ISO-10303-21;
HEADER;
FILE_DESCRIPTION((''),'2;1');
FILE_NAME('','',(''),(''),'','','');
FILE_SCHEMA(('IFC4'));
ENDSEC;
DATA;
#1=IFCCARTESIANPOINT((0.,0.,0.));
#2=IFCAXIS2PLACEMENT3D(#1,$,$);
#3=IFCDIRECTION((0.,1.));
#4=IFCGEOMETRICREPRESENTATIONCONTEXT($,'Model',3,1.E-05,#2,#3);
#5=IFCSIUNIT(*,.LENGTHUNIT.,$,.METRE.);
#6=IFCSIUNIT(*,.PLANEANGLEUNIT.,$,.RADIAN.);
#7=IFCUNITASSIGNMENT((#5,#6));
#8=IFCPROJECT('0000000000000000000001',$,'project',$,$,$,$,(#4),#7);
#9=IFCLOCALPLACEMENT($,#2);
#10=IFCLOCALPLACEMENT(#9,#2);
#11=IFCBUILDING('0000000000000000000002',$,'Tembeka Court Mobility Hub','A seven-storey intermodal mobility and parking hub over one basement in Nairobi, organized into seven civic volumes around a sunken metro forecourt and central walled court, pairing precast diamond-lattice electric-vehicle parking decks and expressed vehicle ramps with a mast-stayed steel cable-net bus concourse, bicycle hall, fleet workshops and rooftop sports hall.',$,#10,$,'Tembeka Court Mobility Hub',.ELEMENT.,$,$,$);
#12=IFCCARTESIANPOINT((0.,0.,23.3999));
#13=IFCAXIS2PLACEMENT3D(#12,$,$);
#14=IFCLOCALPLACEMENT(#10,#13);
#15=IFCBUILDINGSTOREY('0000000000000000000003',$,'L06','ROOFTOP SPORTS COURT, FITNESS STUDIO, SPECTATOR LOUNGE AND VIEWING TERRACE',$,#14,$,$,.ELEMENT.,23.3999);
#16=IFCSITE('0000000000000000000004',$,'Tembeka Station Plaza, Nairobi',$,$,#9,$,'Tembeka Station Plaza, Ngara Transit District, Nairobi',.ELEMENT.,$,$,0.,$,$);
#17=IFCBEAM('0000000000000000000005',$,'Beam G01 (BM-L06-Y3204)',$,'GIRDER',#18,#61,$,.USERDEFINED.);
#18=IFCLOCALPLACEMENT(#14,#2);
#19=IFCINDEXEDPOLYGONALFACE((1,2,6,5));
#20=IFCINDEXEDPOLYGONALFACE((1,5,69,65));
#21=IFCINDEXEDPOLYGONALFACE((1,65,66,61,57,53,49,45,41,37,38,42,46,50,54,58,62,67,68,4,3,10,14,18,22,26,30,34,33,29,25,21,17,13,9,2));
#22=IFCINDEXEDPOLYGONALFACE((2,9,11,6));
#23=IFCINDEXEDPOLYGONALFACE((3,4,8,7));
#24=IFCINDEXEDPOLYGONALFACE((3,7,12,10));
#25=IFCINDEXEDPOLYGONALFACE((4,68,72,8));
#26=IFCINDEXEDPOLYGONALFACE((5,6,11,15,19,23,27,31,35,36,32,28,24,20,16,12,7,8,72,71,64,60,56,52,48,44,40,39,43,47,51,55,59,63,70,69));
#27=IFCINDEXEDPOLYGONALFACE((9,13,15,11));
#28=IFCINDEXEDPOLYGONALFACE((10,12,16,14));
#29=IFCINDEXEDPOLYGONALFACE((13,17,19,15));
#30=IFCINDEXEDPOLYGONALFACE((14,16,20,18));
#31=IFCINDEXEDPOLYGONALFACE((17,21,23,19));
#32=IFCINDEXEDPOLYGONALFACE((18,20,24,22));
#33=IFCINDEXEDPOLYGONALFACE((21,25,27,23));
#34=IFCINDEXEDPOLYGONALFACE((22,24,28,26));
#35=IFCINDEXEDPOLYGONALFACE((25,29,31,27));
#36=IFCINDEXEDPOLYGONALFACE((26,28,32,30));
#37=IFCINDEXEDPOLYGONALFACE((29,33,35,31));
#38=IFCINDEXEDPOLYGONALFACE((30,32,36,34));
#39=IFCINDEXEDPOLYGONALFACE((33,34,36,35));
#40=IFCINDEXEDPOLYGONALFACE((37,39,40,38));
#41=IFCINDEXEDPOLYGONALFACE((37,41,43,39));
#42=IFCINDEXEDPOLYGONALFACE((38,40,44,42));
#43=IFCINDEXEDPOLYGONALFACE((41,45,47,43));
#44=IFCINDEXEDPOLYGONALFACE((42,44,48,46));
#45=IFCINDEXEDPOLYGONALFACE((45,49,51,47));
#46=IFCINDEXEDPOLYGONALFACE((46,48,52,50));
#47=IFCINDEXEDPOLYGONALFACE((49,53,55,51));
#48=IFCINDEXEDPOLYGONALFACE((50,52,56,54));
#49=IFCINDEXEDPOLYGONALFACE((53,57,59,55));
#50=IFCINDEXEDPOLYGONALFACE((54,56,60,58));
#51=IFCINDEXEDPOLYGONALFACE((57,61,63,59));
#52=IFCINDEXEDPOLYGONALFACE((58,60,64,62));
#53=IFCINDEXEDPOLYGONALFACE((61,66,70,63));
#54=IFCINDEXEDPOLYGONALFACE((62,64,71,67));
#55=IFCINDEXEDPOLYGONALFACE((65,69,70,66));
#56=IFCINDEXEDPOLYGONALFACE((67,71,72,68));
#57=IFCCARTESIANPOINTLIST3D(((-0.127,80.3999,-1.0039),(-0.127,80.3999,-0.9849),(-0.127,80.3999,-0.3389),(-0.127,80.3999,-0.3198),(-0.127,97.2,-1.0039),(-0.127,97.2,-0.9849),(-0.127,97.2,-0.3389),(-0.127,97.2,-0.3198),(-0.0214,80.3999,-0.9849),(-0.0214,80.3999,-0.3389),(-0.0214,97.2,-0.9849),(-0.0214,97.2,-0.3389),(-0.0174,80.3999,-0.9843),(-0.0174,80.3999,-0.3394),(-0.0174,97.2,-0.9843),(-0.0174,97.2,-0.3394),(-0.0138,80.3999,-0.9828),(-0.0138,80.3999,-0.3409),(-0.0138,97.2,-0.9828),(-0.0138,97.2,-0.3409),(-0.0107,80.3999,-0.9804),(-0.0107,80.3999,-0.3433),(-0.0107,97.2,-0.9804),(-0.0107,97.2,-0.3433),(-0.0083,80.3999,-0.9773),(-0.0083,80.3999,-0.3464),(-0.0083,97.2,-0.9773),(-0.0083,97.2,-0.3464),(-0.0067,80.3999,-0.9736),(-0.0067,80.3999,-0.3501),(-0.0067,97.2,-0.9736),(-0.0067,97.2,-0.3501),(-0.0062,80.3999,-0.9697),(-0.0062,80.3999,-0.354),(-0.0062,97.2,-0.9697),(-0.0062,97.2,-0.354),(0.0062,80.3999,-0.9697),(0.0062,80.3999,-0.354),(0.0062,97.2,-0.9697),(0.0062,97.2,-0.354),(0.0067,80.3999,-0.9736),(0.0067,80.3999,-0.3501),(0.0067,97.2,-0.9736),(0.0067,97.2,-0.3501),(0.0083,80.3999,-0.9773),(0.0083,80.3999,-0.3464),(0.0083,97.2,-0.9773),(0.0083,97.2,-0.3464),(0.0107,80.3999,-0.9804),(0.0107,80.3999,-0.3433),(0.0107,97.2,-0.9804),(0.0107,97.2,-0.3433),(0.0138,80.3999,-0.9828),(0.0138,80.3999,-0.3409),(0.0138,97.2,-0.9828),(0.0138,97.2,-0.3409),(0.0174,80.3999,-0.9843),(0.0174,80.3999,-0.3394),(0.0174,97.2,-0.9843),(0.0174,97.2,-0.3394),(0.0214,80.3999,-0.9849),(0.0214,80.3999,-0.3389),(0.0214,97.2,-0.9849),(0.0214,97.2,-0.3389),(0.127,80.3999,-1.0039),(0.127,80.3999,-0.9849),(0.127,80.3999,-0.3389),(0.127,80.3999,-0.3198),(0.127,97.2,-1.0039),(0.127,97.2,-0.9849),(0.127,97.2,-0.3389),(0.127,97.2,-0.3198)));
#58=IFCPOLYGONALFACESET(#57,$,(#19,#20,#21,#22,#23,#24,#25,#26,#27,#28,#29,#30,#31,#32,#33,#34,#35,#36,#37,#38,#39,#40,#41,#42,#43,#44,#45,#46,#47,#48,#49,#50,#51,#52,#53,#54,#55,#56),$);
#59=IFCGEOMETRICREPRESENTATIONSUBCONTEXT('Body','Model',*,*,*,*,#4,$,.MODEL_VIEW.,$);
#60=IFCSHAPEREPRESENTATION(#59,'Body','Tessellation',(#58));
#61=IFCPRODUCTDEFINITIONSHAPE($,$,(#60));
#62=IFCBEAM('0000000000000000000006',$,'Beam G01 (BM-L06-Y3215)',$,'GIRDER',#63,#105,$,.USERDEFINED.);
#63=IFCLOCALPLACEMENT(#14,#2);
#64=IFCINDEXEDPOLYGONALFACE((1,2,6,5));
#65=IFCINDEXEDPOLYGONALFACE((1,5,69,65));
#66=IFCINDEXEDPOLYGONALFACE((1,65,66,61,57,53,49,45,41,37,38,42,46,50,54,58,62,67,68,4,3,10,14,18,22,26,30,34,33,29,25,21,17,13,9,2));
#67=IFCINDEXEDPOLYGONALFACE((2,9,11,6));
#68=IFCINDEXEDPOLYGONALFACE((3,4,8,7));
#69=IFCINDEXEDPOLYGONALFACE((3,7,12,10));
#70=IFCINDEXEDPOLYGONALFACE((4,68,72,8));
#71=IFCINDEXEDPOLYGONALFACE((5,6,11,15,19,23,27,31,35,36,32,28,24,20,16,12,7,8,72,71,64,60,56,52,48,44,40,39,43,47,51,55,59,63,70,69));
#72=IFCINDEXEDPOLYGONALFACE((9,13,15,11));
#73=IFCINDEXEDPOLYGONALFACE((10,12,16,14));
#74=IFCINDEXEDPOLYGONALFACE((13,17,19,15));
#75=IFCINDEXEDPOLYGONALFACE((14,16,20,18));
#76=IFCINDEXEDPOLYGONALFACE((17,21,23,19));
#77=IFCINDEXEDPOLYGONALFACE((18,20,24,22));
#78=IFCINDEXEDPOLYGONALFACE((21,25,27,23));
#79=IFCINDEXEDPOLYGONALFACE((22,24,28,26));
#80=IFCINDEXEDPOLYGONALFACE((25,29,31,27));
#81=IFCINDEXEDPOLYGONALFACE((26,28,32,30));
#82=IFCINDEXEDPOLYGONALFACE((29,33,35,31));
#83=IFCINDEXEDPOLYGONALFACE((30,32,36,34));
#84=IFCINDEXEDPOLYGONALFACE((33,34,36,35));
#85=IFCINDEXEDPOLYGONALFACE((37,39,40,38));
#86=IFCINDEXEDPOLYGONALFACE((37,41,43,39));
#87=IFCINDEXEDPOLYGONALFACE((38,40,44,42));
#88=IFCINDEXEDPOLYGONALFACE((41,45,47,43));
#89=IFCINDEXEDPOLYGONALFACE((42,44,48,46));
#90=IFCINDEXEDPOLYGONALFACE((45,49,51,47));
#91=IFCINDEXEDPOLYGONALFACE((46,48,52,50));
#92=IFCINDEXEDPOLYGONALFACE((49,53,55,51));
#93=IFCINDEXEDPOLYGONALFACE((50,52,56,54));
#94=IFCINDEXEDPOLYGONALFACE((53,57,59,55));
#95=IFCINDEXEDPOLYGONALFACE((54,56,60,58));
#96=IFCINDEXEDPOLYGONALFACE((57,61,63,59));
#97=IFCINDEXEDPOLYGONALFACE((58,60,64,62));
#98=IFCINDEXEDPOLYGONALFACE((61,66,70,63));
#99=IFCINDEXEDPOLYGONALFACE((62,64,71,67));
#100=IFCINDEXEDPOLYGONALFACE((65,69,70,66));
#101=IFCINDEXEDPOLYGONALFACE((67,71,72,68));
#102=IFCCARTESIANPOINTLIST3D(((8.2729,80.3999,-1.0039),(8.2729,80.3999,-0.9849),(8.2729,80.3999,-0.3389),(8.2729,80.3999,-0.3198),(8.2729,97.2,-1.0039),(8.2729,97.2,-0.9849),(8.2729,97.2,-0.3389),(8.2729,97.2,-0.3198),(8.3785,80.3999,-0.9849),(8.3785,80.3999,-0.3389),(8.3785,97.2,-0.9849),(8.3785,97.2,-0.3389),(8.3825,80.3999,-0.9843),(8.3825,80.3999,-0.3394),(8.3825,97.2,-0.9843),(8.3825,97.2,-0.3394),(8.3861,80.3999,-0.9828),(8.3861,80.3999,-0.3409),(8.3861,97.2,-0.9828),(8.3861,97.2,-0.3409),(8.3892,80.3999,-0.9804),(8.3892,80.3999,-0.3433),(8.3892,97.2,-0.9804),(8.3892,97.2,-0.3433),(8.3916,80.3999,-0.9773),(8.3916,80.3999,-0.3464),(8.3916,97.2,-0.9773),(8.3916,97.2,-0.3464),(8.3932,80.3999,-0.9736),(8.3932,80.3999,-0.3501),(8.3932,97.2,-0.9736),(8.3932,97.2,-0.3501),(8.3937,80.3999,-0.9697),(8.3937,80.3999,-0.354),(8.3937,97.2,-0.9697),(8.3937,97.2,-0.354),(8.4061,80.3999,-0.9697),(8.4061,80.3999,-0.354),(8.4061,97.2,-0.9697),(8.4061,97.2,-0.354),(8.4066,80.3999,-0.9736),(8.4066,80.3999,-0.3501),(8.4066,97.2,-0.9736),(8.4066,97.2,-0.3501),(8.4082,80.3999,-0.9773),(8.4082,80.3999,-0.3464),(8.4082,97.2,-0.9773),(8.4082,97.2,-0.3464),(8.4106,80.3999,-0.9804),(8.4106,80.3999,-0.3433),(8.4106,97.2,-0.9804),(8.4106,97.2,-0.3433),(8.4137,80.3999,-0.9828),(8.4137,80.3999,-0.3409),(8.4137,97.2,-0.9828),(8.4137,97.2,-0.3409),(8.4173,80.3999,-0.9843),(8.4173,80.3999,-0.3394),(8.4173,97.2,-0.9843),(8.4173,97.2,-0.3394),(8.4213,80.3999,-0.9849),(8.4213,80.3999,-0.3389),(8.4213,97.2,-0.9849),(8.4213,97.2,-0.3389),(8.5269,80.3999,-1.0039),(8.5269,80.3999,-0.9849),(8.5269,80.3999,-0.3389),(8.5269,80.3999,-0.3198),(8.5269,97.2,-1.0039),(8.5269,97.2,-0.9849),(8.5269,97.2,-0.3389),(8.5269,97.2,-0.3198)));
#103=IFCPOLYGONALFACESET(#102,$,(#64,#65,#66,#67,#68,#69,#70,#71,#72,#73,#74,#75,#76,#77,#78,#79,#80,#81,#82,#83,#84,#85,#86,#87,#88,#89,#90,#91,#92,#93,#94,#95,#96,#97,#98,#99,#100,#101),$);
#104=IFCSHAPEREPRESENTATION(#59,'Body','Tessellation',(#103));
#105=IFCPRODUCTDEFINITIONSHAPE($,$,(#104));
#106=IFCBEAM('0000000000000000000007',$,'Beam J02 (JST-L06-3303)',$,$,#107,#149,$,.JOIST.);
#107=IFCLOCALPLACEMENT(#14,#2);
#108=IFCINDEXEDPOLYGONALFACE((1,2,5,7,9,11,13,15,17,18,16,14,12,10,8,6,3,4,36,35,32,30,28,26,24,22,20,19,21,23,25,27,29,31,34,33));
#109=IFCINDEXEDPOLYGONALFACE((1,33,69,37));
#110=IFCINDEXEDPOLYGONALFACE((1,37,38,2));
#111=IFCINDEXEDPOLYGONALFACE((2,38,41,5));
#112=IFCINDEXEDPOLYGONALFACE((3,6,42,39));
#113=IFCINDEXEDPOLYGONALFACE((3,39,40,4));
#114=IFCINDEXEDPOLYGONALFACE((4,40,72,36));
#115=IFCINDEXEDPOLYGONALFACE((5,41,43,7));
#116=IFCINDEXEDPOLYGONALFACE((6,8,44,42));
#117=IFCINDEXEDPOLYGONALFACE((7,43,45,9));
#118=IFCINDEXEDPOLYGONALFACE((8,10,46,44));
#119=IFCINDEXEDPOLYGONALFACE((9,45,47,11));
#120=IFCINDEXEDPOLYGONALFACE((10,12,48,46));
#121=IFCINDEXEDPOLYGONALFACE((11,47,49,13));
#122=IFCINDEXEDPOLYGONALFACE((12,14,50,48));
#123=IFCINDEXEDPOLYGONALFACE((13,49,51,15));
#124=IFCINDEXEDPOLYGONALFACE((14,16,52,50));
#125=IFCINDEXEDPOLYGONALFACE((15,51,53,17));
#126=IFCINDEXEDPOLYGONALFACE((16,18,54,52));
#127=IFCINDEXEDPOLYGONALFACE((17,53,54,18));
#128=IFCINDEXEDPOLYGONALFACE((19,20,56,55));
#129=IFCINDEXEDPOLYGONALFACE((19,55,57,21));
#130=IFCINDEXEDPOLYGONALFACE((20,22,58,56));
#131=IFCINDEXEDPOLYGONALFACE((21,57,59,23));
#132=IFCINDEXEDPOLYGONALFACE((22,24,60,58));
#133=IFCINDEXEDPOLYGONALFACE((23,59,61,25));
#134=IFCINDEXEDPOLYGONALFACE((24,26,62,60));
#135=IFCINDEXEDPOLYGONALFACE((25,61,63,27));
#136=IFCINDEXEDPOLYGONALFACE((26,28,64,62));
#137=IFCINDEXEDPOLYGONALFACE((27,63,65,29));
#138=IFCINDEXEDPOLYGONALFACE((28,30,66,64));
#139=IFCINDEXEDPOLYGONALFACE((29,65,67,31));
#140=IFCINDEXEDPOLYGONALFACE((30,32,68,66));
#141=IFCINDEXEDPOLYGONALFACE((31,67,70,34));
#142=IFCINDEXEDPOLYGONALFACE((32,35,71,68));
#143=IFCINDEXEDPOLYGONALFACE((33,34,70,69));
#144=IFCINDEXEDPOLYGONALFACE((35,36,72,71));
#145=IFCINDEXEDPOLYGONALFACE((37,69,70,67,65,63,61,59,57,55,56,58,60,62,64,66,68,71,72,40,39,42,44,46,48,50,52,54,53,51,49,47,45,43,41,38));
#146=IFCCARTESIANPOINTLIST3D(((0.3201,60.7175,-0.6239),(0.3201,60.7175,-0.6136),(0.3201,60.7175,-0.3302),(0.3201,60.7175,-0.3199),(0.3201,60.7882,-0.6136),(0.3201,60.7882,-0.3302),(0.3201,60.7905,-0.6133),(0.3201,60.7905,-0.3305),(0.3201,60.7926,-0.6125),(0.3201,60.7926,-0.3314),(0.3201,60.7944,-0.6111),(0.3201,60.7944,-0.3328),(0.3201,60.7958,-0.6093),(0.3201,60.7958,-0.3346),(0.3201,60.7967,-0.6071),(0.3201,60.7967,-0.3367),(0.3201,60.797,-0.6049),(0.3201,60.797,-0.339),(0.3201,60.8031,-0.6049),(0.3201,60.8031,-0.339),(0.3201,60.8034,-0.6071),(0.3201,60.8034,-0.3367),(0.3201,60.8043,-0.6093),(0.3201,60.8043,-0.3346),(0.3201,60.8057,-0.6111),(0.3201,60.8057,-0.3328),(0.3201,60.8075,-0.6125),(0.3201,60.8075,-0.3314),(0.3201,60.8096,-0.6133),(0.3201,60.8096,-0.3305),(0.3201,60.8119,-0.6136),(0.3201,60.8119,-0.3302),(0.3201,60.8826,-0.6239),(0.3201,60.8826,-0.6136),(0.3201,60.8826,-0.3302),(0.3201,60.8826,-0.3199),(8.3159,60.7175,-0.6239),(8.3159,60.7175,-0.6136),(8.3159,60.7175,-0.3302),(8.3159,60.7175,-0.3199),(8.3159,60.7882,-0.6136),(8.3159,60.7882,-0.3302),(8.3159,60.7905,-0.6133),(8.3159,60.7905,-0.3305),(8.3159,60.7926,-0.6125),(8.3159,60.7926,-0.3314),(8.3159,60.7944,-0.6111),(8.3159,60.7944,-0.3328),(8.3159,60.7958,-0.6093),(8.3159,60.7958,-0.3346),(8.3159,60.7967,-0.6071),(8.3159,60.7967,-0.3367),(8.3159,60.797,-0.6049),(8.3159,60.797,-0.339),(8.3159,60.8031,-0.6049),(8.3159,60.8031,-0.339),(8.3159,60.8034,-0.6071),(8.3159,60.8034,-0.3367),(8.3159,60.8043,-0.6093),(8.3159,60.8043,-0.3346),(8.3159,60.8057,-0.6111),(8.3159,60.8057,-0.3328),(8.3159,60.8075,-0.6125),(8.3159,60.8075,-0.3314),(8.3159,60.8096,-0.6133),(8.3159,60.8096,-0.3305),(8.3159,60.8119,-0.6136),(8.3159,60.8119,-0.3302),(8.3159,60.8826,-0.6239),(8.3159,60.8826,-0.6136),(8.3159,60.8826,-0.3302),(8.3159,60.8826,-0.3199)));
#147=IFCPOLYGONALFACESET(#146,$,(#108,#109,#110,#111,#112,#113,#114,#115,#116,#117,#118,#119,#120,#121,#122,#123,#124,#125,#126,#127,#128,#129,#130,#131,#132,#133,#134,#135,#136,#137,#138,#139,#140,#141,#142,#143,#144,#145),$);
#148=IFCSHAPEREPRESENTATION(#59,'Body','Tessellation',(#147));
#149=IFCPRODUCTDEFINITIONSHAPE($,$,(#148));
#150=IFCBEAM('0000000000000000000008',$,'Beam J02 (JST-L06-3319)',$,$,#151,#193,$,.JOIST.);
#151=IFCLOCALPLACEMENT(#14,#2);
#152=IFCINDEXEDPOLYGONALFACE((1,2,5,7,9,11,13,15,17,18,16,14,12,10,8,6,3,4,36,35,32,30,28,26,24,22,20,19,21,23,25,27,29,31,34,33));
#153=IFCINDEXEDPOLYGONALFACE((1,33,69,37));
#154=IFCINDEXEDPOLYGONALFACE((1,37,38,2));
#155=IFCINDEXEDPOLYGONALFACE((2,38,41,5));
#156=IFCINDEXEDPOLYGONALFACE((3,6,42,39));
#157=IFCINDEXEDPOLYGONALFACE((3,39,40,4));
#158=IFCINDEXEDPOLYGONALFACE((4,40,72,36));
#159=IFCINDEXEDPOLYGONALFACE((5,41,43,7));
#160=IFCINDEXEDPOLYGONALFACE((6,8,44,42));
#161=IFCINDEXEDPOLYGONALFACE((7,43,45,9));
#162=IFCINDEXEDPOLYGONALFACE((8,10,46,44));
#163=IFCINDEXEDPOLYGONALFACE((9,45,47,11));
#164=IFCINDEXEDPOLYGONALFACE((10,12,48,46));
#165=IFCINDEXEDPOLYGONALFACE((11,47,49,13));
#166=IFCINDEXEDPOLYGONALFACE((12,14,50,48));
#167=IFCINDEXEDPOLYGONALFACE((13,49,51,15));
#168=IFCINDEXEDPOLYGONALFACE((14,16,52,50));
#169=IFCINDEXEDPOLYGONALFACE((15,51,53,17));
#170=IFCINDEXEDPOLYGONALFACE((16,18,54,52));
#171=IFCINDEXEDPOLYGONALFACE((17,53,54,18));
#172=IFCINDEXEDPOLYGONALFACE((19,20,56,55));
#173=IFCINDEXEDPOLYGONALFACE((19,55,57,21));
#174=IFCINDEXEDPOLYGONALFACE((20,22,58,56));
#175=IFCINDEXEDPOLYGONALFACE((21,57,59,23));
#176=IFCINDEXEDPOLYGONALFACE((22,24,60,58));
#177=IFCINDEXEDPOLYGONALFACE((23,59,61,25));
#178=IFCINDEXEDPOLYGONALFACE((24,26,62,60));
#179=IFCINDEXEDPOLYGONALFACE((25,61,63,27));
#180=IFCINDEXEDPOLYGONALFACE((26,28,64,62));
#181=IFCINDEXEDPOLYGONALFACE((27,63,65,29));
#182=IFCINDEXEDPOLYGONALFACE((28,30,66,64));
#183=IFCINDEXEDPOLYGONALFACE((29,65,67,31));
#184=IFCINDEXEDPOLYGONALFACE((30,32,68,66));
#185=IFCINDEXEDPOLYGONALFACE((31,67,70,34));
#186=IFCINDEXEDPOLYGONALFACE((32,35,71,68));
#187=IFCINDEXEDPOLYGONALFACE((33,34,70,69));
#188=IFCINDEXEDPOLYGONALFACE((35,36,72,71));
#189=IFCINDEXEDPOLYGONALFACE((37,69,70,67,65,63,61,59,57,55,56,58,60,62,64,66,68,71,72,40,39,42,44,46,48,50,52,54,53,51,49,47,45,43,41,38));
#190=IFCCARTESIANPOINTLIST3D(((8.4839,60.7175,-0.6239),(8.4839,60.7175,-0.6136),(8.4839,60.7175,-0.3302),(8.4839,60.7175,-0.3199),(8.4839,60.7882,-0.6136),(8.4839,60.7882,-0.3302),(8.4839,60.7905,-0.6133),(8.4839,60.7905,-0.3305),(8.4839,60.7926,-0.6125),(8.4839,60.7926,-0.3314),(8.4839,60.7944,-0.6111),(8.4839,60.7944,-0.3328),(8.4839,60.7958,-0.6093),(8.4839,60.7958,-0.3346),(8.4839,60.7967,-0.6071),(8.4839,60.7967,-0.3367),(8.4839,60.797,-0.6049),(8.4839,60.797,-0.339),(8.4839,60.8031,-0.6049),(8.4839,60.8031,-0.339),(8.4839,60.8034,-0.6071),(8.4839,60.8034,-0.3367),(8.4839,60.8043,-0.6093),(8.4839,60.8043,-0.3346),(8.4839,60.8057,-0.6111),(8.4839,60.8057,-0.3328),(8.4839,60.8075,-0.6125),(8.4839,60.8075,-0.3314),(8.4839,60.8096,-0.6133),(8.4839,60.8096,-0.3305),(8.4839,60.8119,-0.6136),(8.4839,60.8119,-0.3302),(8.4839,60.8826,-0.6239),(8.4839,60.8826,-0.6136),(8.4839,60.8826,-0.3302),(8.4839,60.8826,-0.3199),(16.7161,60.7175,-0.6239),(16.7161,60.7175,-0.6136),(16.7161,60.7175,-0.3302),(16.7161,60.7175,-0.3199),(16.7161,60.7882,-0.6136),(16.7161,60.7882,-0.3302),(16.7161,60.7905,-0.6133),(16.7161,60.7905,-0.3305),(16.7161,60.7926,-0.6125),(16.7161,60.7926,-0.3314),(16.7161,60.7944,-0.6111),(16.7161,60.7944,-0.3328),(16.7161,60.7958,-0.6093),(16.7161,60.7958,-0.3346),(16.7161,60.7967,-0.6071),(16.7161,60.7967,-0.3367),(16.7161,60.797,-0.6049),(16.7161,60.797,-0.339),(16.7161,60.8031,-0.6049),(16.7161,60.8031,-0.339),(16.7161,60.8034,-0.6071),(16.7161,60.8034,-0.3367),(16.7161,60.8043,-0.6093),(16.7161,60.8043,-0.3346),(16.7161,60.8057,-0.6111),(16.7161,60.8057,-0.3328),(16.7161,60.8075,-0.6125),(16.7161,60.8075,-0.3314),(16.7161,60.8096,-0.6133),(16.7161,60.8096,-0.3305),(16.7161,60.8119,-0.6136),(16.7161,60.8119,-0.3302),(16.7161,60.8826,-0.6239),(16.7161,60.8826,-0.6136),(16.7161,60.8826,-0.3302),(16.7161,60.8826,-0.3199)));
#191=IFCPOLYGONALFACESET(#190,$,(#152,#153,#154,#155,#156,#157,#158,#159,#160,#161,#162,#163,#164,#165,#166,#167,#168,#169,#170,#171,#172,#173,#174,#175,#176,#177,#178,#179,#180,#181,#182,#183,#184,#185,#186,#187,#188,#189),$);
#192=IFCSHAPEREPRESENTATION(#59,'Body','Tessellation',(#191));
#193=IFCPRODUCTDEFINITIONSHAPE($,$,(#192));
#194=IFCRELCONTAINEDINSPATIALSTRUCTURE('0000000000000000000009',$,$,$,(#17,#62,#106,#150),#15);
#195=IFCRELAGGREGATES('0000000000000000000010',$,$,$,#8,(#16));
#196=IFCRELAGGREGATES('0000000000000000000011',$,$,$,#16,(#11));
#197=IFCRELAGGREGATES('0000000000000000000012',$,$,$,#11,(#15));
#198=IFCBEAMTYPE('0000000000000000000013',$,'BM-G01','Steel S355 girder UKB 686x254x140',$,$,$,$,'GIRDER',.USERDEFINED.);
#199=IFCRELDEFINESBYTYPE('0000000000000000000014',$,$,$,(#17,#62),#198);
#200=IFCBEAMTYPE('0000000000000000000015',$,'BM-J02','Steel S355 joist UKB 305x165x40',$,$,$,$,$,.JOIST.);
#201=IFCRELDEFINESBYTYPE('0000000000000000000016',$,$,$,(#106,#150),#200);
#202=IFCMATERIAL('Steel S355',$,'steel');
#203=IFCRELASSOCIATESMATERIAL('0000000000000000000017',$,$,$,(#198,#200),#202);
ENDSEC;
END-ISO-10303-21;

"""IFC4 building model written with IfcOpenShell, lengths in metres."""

from ifc_helpers import new_model, si_unit, direction, frame, origin, origin_2d, place, context, subcontext, project, spatial, i_section, extrude, material, material_profile, profile_set, type_object, element, save


model = new_model("IFC4")

# Units and contexts
model_context = context("Model", 3, precision=1e-05, world=origin(), true_north=direction((0.0, 1.0)))
body_context = subcontext(model_context, "Body", "Model", "MODEL_VIEW")
ifc_project = project(units=[si_unit("LENGTHUNIT", "METRE"), si_unit("PLANEANGLEUNIT", "RADIAN")], contexts=[model_context])

# Site, building, storey
site_placement = place(None, origin())
site = spatial("IfcSite", under=ifc_project, at=site_placement, Name="Tembeka Station Plaza, Nairobi", LongName="Tembeka Station Plaza, Ngara Transit District, Nairobi", CompositionType="ELEMENT", RefElevation=0.0)
building_placement = place(site_placement, origin())
building = spatial("IfcBuilding", under=site, at=building_placement, Name="Tembeka Court Mobility Hub", Description="A seven-storey intermodal mobility and parking hub over one basement in Nairobi, organized into seven civic volumes around a sunken metro forecourt and central walled court, pairing precast diamond-lattice electric-vehicle parking decks and expressed vehicle ramps with a mast-stayed steel cable-net bus concourse, bicycle hall, fleet workshops and rooftop sports hall.", LongName="Tembeka Court Mobility Hub", CompositionType="ELEMENT")
storey_placement = place(building_placement, frame((0.0, 0.0, 23.3999)))
storey = spatial("IfcBuildingStorey", under=building, at=storey_placement, Name="L06", Description="ROOFTOP SPORTS COURT, FITNESS STUDIO, SPECTATOR LOUNGE AND VIEWING TERRACE", CompositionType="ELEMENT", Elevation=23.3999)

# Beams
ifc_material_1 = material(Name="Steel S355", Category="steel")
ifc_material_profile_1 = material_profile(ifc_material_1, i_section(OverallWidth=0.2539, OverallDepth=0.6841, WebThickness=0.0125, FlangeThickness=0.019, FilletRadius=0.0151, at=origin_2d()), Name="UKB 686x254x140")
ifc_profile_set_1 = profile_set([ifc_material_profile_1], Name="Steel S355")
beam_type_1 = type_object("IfcBeamType", Name="BM-G01", Description="Steel S355 girder UKB 686x254x140", ElementType="GIRDER", PredefinedType="USERDEFINED", material=ifc_profile_set_1)
for number, where, z_axis, x_axis, name in (
    (1, (0.0, 80.3999, -0.6619), (0.0, 1.0, 0.0), (-1.0, 0.0, 0.0), "Beam G01 (BM-L06-Y3204)"),
    (2, (8.3999, 80.3999, -0.6619), (0.0, 1.0, 0.0), (-1.0, 0.0, 0.0), "Beam G01 (BM-L06-Y3215)"),
):
    element("IfcBeam", number, at=place(storey_placement, frame(where, z_axis=z_axis, x_axis=x_axis)), inside=storey, type_object=beam_type_1, Name=name, ObjectType="GIRDER", PredefinedType="USERDEFINED", context=body_context, shape_type="SweptSolid", body=[
        extrude(i_section(OverallWidth=0.2539, OverallDepth=0.6841, WebThickness=0.0125, FlangeThickness=0.019, FilletRadius=0.0151, at=origin_2d()), origin(), (0.0, 0.0, 1.0), 16.8),
    ])
ifc_material_profile_2 = material_profile(ifc_material_1, i_section(OverallWidth=0.165, OverallDepth=0.304, WebThickness=0.0061, FlangeThickness=0.0103, FilletRadius=0.0088, at=origin_2d()), Name="UKB 305x165x40")
ifc_profile_set_2 = profile_set([ifc_material_profile_2], Name="Steel S355")
beam_type_2 = type_object("IfcBeamType", Name="BM-J02", Description="Steel S355 joist UKB 305x165x40", PredefinedType="JOIST", material=ifc_profile_set_2)
beam_1_placement = place(storey_placement, frame((0.3201, 60.8, -0.4719), z_axis=(1.0, 0.0, 0.0), x_axis=(0.0, 1.0, 0.0)))
element("IfcBeam", 3, at=beam_1_placement, inside=storey, type_object=beam_type_2, Name="Beam J02 (JST-L06-3303)", PredefinedType="JOIST", context=body_context, shape_type="SweptSolid", body=[
    extrude(i_section(OverallWidth=0.165, OverallDepth=0.304, WebThickness=0.0061, FlangeThickness=0.0103, FilletRadius=0.0088, at=origin_2d()), origin(), (0.0, 0.0, 1.0), 7.9958),
])
for number, where, z_axis, x_axis, name in (
    (4, (8.4839, 60.8, -0.4719), (1.0, 0.0, 0.0), (0.0, 1.0, 0.0), "Beam J02 (JST-L06-3319)"),
):
    element("IfcBeam", number, at=place(storey_placement, frame(where, z_axis=z_axis, x_axis=x_axis)), inside=storey, type_object=beam_type_2, Name=name, PredefinedType="JOIST", context=body_context, shape_type="SweptSolid", body=[
        extrude(i_section(OverallWidth=0.165, OverallDepth=0.304, WebThickness=0.0061, FlangeThickness=0.0103, FilletRadius=0.0088, at=origin_2d()), origin(), (0.0, 0.0, 1.0), 8.2322),
    ])

save(model, "model.ifc")
